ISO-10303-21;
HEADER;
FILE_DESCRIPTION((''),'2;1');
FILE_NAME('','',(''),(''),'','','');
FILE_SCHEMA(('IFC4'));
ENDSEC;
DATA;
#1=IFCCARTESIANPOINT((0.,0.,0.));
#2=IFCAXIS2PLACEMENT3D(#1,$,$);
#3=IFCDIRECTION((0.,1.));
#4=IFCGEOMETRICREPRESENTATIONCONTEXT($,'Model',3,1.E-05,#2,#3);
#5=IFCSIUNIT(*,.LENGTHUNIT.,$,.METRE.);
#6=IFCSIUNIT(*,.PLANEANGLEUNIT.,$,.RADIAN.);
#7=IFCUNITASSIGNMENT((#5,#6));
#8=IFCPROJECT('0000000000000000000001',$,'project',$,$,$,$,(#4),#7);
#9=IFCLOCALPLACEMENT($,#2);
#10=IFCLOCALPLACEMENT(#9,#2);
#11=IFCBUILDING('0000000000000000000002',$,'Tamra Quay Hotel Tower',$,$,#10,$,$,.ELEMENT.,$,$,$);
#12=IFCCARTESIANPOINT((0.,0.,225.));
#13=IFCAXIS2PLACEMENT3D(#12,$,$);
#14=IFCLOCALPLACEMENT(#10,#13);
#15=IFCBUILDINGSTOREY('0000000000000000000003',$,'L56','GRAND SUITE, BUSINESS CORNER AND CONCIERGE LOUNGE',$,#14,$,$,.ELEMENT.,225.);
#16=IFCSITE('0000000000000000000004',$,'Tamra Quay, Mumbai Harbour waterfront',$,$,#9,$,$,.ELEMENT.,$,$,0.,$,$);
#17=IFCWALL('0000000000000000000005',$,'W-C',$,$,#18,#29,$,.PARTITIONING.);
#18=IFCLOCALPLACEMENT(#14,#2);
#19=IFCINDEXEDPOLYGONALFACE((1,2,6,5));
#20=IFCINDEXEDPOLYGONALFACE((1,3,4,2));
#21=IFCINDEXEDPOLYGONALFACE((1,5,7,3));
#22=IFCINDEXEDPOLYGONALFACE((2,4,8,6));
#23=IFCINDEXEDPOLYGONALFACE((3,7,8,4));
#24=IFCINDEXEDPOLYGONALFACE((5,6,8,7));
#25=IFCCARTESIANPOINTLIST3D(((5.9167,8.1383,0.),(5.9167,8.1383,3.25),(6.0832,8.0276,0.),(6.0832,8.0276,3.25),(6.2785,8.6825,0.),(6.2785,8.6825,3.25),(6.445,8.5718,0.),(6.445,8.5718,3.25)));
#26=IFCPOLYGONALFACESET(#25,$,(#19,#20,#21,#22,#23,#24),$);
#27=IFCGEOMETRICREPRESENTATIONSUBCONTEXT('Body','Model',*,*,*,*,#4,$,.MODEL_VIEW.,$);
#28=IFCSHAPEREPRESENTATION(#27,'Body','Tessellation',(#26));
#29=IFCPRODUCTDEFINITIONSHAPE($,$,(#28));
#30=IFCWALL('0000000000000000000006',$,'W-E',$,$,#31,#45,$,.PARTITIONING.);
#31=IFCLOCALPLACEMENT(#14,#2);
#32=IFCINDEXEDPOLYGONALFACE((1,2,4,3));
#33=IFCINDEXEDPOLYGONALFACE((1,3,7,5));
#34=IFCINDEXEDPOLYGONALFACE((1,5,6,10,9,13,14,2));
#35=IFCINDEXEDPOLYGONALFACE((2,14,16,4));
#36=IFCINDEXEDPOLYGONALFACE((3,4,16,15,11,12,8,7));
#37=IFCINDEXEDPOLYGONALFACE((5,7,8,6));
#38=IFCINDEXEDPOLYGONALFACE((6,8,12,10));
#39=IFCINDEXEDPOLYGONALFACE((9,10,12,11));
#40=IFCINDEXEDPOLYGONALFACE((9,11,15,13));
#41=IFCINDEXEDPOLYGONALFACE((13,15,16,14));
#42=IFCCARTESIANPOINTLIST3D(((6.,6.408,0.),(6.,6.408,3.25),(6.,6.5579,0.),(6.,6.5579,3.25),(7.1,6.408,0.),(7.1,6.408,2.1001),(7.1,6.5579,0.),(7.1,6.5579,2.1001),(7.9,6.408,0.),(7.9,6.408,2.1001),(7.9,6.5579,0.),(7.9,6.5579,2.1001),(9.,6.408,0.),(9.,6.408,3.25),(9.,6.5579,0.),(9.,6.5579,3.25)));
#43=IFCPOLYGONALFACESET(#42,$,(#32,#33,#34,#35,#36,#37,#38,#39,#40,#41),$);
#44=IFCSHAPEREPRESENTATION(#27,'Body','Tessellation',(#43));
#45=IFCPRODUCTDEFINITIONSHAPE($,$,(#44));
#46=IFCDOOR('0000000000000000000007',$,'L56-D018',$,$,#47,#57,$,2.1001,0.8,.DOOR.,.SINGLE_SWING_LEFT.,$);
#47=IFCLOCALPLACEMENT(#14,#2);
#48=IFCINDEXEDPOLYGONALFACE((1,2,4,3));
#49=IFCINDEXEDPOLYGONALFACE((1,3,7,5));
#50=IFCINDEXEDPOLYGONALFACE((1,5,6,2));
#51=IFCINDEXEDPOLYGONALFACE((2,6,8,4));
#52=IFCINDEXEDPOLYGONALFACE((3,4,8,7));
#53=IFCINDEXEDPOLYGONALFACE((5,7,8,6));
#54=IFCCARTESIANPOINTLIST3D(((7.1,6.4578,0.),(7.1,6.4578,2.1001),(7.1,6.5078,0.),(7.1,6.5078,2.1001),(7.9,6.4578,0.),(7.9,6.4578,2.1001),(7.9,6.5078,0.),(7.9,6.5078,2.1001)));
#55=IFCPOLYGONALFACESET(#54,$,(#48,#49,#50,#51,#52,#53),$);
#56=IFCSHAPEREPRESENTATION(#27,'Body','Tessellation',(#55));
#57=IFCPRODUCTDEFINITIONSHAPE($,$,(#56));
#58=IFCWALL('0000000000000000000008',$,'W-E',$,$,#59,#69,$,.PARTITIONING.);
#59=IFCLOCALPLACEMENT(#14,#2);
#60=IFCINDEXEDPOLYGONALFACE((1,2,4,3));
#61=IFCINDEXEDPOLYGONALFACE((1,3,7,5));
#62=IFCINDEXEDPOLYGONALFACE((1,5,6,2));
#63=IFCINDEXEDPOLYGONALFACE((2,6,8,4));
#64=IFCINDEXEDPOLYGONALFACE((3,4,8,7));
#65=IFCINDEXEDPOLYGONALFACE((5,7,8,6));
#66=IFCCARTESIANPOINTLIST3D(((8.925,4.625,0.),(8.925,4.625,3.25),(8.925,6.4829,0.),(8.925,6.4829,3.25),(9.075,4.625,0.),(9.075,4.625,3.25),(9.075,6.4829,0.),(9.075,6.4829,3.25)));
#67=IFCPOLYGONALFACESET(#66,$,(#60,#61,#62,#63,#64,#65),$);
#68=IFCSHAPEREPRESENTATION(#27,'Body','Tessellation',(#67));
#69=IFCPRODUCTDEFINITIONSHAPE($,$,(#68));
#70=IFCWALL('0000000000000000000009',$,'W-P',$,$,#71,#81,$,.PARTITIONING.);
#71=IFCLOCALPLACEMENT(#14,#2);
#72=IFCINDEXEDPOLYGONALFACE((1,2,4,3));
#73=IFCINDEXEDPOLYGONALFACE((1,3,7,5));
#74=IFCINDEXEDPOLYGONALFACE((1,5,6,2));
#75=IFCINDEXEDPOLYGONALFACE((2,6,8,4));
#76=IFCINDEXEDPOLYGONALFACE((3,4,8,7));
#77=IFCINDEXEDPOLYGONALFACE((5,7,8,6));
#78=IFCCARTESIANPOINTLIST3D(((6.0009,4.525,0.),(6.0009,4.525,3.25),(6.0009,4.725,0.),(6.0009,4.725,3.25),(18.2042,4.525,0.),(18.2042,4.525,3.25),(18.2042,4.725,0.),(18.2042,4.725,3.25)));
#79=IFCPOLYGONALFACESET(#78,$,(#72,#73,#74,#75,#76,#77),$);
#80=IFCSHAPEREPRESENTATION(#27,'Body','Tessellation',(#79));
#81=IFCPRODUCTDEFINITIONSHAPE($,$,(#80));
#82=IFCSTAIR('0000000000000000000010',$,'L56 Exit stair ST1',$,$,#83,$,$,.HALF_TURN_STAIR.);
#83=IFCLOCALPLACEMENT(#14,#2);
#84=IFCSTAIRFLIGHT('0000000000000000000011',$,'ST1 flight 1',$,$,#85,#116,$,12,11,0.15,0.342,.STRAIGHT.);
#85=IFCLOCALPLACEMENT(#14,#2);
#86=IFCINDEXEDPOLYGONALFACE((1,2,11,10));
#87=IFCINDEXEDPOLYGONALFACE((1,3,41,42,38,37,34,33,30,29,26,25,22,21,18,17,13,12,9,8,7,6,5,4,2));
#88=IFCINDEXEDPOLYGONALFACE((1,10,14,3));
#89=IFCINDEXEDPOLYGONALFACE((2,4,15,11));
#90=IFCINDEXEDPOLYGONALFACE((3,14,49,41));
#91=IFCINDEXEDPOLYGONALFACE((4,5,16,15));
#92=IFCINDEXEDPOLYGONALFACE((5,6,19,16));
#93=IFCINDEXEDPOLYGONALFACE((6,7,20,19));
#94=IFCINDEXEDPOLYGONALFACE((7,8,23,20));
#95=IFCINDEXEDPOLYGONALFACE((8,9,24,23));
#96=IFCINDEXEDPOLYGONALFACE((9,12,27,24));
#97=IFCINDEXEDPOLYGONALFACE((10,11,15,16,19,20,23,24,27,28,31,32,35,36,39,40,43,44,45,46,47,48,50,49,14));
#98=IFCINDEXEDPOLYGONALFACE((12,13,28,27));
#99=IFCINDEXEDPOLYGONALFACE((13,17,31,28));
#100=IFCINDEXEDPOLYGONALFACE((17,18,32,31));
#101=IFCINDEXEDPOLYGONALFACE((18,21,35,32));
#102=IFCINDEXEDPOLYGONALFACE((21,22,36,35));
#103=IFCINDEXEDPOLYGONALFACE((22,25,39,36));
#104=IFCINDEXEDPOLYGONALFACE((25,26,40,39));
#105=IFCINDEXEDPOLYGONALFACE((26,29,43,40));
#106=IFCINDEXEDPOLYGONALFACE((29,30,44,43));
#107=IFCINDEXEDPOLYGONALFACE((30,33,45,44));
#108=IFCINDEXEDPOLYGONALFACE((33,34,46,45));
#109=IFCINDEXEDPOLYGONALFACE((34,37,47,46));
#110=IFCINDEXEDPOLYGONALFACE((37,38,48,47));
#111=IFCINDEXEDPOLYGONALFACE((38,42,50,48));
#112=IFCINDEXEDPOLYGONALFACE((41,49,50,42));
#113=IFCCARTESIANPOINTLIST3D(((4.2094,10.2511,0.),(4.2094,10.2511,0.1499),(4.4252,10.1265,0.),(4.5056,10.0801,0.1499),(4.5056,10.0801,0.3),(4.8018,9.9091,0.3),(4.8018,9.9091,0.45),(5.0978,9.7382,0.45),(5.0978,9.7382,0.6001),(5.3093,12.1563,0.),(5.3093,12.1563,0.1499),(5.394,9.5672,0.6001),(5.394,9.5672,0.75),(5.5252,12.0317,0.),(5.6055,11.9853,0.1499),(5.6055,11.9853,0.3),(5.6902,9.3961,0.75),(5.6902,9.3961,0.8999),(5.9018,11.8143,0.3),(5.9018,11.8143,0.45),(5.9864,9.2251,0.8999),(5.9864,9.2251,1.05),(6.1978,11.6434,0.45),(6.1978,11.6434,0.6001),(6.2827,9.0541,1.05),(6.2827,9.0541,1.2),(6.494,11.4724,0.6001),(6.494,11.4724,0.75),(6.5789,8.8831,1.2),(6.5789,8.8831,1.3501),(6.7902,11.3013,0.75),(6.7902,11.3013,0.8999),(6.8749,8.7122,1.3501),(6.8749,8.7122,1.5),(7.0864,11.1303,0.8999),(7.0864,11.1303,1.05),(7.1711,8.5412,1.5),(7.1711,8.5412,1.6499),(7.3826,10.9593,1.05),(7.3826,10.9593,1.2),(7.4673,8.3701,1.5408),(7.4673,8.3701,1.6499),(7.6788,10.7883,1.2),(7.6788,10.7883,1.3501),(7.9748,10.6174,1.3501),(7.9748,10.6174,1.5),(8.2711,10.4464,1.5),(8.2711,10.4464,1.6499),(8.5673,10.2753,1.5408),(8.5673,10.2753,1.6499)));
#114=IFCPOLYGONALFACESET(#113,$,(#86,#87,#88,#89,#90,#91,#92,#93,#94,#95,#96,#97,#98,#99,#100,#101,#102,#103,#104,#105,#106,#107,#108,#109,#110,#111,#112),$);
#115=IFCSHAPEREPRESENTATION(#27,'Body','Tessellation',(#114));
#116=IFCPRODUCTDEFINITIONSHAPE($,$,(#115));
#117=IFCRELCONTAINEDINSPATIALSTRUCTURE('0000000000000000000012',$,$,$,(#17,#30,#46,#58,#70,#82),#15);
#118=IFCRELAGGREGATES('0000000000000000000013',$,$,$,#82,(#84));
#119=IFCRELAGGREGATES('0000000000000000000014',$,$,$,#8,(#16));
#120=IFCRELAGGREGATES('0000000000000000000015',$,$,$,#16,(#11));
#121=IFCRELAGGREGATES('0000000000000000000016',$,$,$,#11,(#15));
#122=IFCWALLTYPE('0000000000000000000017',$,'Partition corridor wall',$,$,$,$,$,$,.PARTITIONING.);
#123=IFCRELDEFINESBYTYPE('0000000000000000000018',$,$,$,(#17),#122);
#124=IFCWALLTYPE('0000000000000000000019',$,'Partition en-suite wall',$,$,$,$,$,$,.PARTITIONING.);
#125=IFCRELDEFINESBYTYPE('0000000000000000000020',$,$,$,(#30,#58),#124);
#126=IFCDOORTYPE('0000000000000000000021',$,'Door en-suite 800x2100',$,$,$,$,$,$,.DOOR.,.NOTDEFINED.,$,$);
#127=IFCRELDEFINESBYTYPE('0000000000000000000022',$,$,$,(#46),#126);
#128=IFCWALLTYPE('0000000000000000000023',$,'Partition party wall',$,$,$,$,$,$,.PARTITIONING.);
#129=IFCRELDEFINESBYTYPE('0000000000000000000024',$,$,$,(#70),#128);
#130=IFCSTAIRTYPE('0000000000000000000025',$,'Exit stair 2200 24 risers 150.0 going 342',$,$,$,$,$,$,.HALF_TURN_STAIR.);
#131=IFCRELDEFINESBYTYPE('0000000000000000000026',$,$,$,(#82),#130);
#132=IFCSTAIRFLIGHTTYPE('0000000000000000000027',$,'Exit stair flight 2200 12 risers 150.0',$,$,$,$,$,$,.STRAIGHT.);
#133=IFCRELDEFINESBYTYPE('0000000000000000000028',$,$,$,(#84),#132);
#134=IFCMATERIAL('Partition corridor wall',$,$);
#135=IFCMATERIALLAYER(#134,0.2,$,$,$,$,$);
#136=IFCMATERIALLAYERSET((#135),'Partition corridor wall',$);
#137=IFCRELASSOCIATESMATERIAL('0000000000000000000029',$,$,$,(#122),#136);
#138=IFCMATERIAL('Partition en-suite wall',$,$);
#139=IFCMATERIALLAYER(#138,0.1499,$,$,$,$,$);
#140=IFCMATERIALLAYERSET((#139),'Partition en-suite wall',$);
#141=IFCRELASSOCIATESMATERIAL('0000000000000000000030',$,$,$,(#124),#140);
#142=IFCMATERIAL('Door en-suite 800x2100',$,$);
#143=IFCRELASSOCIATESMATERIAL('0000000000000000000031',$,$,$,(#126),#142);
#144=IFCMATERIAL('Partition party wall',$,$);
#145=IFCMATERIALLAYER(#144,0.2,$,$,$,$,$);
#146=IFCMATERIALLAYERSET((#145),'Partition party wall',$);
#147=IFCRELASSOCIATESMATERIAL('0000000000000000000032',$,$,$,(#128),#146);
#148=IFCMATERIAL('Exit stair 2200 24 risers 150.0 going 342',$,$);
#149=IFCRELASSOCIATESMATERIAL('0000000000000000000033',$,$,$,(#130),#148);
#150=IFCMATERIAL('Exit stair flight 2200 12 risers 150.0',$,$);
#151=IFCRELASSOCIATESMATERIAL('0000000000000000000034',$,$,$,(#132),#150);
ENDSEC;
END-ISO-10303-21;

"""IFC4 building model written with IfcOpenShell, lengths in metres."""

from ifc_helpers import new_model, si_unit, direction, frame, frame_2d, origin, place, context, subcontext, project, spatial, polyline, rectangle, outline, extrude, material, layer, layer_set, type_object, element, fill, aggregate, save


model = new_model("IFC4")

# Units and contexts
model_context = context("Model", 3, precision=1e-05, world=origin(), true_north=direction((0.0, 1.0)))
body_context = subcontext(model_context, "Body", "Model", "MODEL_VIEW")
ifc_project = project(units=[si_unit("LENGTHUNIT", "METRE"), si_unit("PLANEANGLEUNIT", "RADIAN")], contexts=[model_context])

# Site, building, storey
site_placement = place(None, origin())
site = spatial("IfcSite", under=ifc_project, at=site_placement, Name="Tamra Quay, Mumbai Harbour waterfront", CompositionType="ELEMENT", RefElevation=0.0)
building_placement = place(site_placement, origin())
building = spatial("IfcBuilding", under=site, at=building_placement, Name="Tamra Quay Hotel Tower", CompositionType="ELEMENT")
storey_placement = place(building_placement, frame((0.0, 0.0, 225.0)))
storey = spatial("IfcBuildingStorey", under=building, at=storey_placement, Name="L56", Description="GRAND SUITE, BUSINESS CORNER AND CONCIERGE LOUNGE", CompositionType="ELEMENT", Elevation=225.0)

# Wall
ifc_material_1 = material(Name="Partition corridor wall")
ifc_layer_1 = layer(ifc_material_1, 0.2)
ifc_layer_set_1 = layer_set([ifc_layer_1], Name="Partition corridor wall")
wall_type_1 = type_object("IfcWallType", Name="Partition corridor wall", PredefinedType="PARTITIONING", material=ifc_layer_set_1)
wall_1_placement = place(storey_placement, frame((6.0, 8.083, 0.0), z_axis=(0.0, 0.0, 1.0), x_axis=(0.553665, 0.832739, 0.0)))
element("IfcWall", 1, at=wall_1_placement, inside=storey, type_object=wall_type_1, Name="W-C", PredefinedType="PARTITIONING", context=body_context, shape_type="SweptSolid", body=[
    extrude(rectangle(XDim=0.6536, YDim=0.2, at=frame_2d((0.3267, 0.0))), origin(), (0.0, 0.0, 1.0), 3.25),
])

# Wall, opening, door
ifc_material_2 = material(Name="Partition en-suite wall")
ifc_layer_2 = layer(ifc_material_2, 0.1499)
ifc_layer_set_2 = layer_set([ifc_layer_2], Name="Partition en-suite wall")
wall_type_2 = type_object("IfcWallType", Name="Partition en-suite wall", PredefinedType="PARTITIONING", material=ifc_layer_set_2)
wall_2_placement = place(storey_placement, frame((6.0, 6.4829, 0.0), z_axis=(0.0, 0.0, 1.0), x_axis=(1.0, 0.0, 0.0)))
wall_2 = element("IfcWall", 2, at=wall_2_placement, inside=storey, type_object=wall_type_2, Name="W-E", PredefinedType="PARTITIONING", context=body_context, shape_type="SweptSolid", body=[
    extrude(rectangle(XDim=3.0, YDim=0.1499, at=frame_2d((1.5, 0.0))), origin(), (0.0, 0.0, 1.0), 3.25),
])
opening_1_placement = place(wall_2_placement, frame((1.1001, 0.0, 0.0)))
opening_1 = element("IfcOpeningElement", 3, at=opening_1_placement, cuts=wall_2, PredefinedType="OPENING", context=body_context, shape_type="SweptSolid", body=[
    extrude(rectangle(XDim=0.8, YDim=2.1001, at=frame_2d((0.3999, 1.05))), frame((0.0, 0.085, 0.0), z_axis=(0.0, -1.0, 0.0), x_axis=(1.0, 0.0, 0.0)), (0.0, 0.0, 1.0), 0.1699),
])
ifc_material_3 = material(Name="Door en-suite 800x2100")
door_type_1 = type_object("IfcDoorType", Name="Door en-suite 800x2100", OperationType="NOTDEFINED", PredefinedType="DOOR", material=ifc_material_3)
door_1_placement = place(opening_1_placement, origin())
door_1 = element("IfcDoor", 4, at=door_1_placement, inside=storey, type_object=door_type_1, Name="L56-D018", OperationType="SINGLE_SWING_LEFT", OverallHeight=2.1001, OverallWidth=0.8, PredefinedType="DOOR", context=body_context, shape_type="SweptSolid", body=[
    extrude(rectangle(XDim=0.8, YDim=2.1001, at=frame_2d((0.3999, 1.05))), frame((0.0, 0.0249, 0.0), z_axis=(0.0, -1.0, 0.0), x_axis=(1.0, 0.0, 0.0)), (0.0, 0.0, 1.0), 0.05),
])
fill(opening_1, door_1)

# Walls
wall_3_placement = place(storey_placement, frame((9.0, 4.625, 0.0), z_axis=(0.0, 0.0, 1.0), x_axis=(0.0, 1.0, 0.0)))
element("IfcWall", 5, at=wall_3_placement, inside=storey, type_object=wall_type_2, Name="W-E", PredefinedType="PARTITIONING", context=body_context, shape_type="SweptSolid", body=[
    extrude(rectangle(XDim=1.8579, YDim=0.1499, at=frame_2d((0.929, 0.0))), origin(), (0.0, 0.0, 1.0), 3.25),
])
ifc_material_4 = material(Name="Partition party wall")
ifc_layer_3 = layer(ifc_material_4, 0.2)
ifc_layer_set_3 = layer_set([ifc_layer_3], Name="Partition party wall")
wall_type_3 = type_object("IfcWallType", Name="Partition party wall", PredefinedType="PARTITIONING", material=ifc_layer_set_3)
wall_4_placement = place(storey_placement, frame((6.001, 4.625, 0.0), z_axis=(0.0, 0.0, 1.0), x_axis=(1.0, 0.0, 0.0)))
element("IfcWall", 6, at=wall_4_placement, inside=storey, type_object=wall_type_3, Name="W-P", PredefinedType="PARTITIONING", context=body_context, shape_type="SweptSolid", body=[
    extrude(rectangle(XDim=12.2034, YDim=0.2, at=frame_2d((6.1016, 0.0))), origin(), (0.0, 0.0, 1.0), 3.25),
])

# Stair, stair flight
ifc_material_5 = material(Name="Exit stair 2200 24 risers 150.0 going 342")
stair_type = type_object("IfcStairType", Name="Exit stair 2200 24 risers 150.0 going 342", PredefinedType="HALF_TURN_STAIR", material=ifc_material_5)
stair_placement = place(storey_placement, origin())
stair = element("IfcStair", 7, at=stair_placement, inside=storey, type_object=stair_type, Name="L56 Exit stair ST1", PredefinedType="HALF_TURN_STAIR")
ifc_material_6 = material(Name="Exit stair flight 2200 12 risers 150.0")
stair_flight_type = type_object("IfcStairFlightType", Name="Exit stair flight 2200 12 risers 150.0", PredefinedType="STRAIGHT", material=ifc_material_6)
stair_flight_placement = place(storey_placement, frame((4.7593, 11.2036, 0.0), z_axis=(0.0, 0.0, 1.0), x_axis=(0.866025, -0.5, 0.0)))
stair_flight = element("IfcStairFlight", 8, at=stair_flight_placement, type_object=stair_flight_type, Name="ST1 flight 1", NumberOfRisers=12, NumberOfTreads=11, PredefinedType="STRAIGHT", RiserHeight=0.15, TreadLength=0.342, context=body_context, shape_type="SweptSolid", body=[
    extrude(outline(polyline([(0.0, 0.0), (0.0, 0.1499), (0.342, 0.1499), (0.342, 0.3), (0.6841, 0.3), (0.6841, 0.45), (1.0259, 0.45), (1.0259, 0.6001), (1.3679, 0.6001), (1.3679, 0.75), (1.71, 0.75), (1.71, 0.8999), (2.052, 0.8999), (2.052, 1.05), (2.394, 1.05), (2.394, 1.2), (2.7361, 1.2), (2.7361, 1.3501), (3.0779, 1.3501), (3.0779, 1.5), (3.4199, 1.5), (3.4199, 1.6499), (3.762, 1.6499), (3.762, 1.8), (3.762, 1.5408), (0.2493, 0.0), (0.0, 0.0)])), frame((0.0, 1.1001, 0.0), z_axis=(0.0, -1.0, 0.0), x_axis=(1.0, 0.0, 0.0)), (0.0, 0.0, 1.0), 2.2),
])
aggregate(stair, [stair_flight])

save(model, "model.ifc")
